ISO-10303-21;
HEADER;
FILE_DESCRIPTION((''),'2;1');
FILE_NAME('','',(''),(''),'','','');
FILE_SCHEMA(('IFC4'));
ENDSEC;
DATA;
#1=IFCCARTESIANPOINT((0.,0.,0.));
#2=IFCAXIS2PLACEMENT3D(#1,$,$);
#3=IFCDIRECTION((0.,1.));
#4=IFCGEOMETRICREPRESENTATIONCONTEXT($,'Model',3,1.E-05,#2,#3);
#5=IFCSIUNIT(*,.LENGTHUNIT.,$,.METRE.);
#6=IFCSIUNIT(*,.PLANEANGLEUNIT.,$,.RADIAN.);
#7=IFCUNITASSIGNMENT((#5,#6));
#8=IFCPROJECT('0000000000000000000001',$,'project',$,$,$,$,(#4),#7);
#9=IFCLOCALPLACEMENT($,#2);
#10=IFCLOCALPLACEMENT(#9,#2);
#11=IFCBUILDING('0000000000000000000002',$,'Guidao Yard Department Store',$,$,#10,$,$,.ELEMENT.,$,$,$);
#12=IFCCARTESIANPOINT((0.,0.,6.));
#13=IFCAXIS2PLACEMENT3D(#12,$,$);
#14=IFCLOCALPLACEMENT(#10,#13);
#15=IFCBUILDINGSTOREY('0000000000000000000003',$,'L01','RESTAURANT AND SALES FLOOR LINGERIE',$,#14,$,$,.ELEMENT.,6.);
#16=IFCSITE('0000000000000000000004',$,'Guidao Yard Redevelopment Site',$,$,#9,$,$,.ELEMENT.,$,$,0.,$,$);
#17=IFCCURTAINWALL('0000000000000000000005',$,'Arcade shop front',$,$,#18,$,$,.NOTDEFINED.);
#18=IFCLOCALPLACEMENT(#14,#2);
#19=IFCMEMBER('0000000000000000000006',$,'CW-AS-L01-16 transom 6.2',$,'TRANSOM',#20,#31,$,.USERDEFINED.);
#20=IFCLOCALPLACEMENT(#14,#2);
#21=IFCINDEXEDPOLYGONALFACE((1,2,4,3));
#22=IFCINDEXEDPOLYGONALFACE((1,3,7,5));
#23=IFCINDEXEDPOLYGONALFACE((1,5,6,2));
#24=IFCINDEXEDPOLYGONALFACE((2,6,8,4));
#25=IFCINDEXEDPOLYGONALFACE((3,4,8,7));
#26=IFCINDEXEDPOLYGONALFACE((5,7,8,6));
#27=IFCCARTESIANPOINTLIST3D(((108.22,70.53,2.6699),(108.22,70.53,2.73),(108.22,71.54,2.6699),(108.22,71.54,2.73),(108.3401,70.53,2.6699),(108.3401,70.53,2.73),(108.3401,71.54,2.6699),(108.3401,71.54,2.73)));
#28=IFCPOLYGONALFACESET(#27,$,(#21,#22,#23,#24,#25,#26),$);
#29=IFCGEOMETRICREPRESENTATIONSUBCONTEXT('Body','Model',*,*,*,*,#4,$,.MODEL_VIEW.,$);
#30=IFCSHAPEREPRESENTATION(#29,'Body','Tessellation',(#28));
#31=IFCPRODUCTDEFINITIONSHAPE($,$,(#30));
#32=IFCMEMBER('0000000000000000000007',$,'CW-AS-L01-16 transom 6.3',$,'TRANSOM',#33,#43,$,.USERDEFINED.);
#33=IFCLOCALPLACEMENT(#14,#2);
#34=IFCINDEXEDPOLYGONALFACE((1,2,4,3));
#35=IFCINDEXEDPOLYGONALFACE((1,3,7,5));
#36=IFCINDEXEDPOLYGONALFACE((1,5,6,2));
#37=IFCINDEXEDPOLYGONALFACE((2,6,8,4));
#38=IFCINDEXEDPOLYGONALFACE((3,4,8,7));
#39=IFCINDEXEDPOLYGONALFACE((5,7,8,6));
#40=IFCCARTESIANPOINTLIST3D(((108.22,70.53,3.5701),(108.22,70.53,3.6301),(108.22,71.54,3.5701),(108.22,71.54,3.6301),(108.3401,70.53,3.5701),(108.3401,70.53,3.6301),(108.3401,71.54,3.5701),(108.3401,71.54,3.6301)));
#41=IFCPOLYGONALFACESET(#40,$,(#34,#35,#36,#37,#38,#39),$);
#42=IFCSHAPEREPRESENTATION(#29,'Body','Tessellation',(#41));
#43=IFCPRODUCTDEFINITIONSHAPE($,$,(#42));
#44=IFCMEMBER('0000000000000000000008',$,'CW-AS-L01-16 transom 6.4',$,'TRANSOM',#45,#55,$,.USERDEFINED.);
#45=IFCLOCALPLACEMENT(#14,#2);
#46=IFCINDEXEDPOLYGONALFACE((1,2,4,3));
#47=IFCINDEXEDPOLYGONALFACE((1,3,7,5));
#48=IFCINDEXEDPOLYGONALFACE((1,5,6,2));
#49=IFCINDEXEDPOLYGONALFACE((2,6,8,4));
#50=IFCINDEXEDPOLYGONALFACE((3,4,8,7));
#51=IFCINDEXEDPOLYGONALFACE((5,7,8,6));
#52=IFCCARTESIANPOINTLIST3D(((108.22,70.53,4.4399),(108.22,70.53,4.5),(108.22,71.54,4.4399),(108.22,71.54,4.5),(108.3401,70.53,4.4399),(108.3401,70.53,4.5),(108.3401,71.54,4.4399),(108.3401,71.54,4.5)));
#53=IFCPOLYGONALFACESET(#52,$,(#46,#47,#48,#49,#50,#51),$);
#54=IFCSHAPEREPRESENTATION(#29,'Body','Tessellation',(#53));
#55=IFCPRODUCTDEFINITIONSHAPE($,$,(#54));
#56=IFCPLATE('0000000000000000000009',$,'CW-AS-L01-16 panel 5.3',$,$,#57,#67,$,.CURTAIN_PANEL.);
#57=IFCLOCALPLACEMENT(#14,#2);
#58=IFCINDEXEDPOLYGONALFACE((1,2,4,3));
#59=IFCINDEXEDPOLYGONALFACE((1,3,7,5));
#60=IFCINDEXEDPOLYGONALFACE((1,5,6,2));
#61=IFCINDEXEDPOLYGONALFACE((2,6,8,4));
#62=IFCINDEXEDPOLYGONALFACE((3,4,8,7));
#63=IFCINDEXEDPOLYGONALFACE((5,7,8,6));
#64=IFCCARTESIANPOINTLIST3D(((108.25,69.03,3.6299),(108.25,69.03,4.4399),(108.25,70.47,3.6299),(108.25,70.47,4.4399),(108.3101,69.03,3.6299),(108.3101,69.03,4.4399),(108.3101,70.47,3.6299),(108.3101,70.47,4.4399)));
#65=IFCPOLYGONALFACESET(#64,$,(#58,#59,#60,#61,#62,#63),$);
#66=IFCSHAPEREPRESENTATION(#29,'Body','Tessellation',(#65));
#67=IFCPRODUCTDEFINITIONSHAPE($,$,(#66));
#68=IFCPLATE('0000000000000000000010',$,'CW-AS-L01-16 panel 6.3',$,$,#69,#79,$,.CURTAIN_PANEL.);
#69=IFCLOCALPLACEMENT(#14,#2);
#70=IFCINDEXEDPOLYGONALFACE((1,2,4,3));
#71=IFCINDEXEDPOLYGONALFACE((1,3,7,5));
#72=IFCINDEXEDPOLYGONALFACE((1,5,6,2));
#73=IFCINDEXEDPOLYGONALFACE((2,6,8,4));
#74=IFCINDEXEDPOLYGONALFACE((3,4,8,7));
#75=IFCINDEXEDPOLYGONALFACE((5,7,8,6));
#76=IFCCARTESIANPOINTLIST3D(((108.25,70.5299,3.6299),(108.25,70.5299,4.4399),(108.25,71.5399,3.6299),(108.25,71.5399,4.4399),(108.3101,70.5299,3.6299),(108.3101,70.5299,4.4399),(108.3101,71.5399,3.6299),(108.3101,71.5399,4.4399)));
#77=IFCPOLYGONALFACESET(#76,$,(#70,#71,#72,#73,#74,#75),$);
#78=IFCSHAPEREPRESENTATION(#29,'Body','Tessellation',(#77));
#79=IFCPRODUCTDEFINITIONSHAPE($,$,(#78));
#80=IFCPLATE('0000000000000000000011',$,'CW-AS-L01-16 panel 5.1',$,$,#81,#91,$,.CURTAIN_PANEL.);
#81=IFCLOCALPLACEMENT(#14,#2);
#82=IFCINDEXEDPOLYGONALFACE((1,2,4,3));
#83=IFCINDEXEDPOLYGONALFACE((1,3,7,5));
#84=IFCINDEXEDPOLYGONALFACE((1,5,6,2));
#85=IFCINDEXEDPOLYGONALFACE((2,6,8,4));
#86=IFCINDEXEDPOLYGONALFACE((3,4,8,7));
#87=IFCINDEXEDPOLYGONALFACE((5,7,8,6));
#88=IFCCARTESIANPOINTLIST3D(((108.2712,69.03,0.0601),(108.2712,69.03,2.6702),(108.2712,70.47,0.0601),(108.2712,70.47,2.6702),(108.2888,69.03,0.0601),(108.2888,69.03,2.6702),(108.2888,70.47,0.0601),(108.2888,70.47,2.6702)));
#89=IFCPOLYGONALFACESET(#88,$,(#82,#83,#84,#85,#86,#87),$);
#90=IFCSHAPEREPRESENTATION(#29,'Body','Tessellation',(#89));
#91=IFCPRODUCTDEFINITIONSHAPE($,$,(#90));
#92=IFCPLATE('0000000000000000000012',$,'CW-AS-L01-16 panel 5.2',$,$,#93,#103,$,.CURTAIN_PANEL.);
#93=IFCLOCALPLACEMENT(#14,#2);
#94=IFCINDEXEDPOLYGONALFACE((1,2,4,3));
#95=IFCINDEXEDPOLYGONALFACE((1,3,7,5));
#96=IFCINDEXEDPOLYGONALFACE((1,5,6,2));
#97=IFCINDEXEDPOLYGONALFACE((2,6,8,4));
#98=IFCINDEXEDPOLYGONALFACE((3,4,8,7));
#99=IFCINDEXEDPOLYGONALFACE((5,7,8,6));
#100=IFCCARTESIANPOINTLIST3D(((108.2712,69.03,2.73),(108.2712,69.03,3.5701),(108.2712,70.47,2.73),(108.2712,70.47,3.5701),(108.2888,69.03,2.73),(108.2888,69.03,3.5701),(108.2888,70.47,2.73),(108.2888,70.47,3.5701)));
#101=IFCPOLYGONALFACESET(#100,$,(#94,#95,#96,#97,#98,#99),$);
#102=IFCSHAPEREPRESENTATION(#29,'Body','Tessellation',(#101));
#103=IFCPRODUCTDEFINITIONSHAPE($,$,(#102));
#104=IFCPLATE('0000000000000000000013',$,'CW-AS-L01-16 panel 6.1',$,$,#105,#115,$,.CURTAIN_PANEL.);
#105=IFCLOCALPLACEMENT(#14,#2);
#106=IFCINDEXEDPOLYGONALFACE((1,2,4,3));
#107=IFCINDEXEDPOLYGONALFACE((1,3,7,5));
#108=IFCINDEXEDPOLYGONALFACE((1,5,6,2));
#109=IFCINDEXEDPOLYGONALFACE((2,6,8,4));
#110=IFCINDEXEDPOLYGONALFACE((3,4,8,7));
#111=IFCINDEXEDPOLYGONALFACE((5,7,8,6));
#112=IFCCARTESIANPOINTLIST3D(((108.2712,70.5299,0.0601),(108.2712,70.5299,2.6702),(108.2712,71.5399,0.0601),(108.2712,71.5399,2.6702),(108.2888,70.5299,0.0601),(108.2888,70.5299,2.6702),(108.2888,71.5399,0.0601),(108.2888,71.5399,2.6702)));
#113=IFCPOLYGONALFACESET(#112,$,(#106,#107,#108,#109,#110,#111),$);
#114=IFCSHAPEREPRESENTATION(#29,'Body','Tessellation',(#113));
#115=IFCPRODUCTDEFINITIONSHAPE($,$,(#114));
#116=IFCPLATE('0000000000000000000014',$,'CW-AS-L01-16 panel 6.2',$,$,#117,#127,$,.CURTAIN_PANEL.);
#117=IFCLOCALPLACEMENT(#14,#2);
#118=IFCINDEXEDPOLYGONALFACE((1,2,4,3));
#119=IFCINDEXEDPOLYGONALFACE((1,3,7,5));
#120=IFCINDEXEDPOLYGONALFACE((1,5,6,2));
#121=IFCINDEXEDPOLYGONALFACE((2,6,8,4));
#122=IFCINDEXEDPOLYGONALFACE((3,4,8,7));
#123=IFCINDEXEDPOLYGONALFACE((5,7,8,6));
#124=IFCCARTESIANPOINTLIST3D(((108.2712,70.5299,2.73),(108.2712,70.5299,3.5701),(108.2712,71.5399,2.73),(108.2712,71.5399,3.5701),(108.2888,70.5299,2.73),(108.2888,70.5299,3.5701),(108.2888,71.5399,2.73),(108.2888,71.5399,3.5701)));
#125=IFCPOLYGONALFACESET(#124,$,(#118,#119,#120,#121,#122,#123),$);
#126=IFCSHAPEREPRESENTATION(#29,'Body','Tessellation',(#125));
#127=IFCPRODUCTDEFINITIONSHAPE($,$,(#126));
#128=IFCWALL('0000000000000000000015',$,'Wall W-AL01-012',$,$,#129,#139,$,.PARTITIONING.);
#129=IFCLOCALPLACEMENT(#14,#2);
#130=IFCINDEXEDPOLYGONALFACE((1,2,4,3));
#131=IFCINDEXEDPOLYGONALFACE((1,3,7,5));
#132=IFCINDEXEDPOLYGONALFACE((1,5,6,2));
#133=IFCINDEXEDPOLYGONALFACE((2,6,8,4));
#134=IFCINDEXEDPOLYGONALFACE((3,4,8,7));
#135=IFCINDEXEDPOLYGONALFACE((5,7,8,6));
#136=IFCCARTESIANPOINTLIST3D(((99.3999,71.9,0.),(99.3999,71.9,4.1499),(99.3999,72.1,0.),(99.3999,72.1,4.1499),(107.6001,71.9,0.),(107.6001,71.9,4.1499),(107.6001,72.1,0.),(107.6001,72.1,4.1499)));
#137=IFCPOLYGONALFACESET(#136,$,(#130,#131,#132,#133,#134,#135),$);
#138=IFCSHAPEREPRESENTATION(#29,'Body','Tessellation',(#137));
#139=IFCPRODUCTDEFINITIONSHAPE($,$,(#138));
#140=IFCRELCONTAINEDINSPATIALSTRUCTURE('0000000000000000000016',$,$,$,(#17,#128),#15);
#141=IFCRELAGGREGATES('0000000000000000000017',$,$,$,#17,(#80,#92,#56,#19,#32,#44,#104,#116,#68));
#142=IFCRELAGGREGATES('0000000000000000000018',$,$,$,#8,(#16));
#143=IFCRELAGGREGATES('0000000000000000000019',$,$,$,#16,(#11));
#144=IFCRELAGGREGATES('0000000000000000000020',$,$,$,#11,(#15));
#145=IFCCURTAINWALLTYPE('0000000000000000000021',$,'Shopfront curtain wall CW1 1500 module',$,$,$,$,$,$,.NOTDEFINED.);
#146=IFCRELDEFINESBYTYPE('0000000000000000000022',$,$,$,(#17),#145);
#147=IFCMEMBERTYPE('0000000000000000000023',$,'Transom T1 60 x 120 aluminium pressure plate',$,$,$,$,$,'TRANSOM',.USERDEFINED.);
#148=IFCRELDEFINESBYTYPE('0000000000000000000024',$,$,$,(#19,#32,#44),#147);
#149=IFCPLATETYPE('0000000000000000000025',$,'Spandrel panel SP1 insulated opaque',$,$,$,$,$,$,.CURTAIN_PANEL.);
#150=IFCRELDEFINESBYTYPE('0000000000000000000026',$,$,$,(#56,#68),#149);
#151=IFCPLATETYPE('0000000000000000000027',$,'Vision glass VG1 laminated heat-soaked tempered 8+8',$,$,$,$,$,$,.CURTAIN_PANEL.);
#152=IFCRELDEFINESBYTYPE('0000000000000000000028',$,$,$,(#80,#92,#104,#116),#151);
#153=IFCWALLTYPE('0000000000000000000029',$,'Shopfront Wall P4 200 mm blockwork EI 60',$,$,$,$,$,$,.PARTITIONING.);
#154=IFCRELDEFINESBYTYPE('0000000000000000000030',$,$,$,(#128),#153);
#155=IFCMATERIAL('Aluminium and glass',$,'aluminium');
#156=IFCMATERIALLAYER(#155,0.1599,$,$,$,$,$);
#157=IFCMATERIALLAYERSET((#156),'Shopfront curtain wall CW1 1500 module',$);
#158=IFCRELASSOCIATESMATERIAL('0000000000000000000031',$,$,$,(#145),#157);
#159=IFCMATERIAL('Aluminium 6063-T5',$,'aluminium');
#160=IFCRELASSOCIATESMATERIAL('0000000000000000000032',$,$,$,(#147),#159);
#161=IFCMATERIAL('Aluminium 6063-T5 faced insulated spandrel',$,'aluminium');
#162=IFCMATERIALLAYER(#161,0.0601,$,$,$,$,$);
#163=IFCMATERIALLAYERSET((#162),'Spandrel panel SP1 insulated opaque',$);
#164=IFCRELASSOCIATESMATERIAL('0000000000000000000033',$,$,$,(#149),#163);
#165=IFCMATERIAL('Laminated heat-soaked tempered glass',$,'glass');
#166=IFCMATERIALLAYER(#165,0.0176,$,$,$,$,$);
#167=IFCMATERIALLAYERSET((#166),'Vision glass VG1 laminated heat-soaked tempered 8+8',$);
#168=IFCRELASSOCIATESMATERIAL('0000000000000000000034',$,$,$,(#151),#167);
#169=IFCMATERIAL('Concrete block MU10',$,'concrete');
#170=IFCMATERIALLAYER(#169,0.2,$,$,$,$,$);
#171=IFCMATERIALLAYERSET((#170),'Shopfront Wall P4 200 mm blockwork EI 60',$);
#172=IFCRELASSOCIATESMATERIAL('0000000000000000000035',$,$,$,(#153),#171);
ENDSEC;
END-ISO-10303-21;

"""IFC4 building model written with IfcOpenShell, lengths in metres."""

from ifc_helpers import new_model, si_unit, direction, frame, frame_2d, origin, origin_2d, place, context, subcontext, project, spatial, rectangle, extrude, material, layer, layer_set, material_profile, profile_set, type_object, element, aggregate, save


model = new_model("IFC4")

# Units and contexts
model_context = context("Model", 3, precision=1e-05, world=origin(), true_north=direction((0.0, 1.0)))
body_context = subcontext(model_context, "Body", "Model", "MODEL_VIEW")
ifc_project = project(units=[si_unit("LENGTHUNIT", "METRE"), si_unit("PLANEANGLEUNIT", "RADIAN")], contexts=[model_context])

# Site, building, storey
site_placement = place(None, origin())
site = spatial("IfcSite", under=ifc_project, at=site_placement, Name="Guidao Yard Redevelopment Site", CompositionType="ELEMENT", RefElevation=0.0)
building_placement = place(site_placement, origin())
building = spatial("IfcBuilding", under=site, at=building_placement, Name="Guidao Yard Department Store", CompositionType="ELEMENT")
storey_placement = place(building_placement, frame((0.0, 0.0, 6.0)))
storey = spatial("IfcBuildingStorey", under=building, at=storey_placement, Name="L01", Description="RESTAURANT AND SALES FLOOR LINGERIE", CompositionType="ELEMENT", Elevation=6.0)

# Curtain wall
ifc_material_1 = material(Name="Aluminium and glass", Category="aluminium")
ifc_layer_1 = layer(ifc_material_1, 0.1599)
ifc_layer_set_1 = layer_set([ifc_layer_1], Name="Shopfront curtain wall CW1 1500 module")
curtain_wall_type = type_object("IfcCurtainWallType", Name="Shopfront curtain wall CW1 1500 module", PredefinedType="NOTDEFINED", material=ifc_layer_set_1)
curtain_wall_1_placement = place(storey_placement, origin())
curtain_wall_1 = element("IfcCurtainWall", 1, at=curtain_wall_1_placement, inside=storey, type_object=curtain_wall_type, Name="Arcade shop front", PredefinedType="NOTDEFINED")

# Members
ifc_material_2 = material(Name="Aluminium 6063-T5", Category="aluminium")
ifc_material_profile_1 = material_profile(ifc_material_2, rectangle(XDim=0.1201, YDim=0.0601, at=origin_2d()), Name="Transom T1 60 x 120 aluminium pressure plate")
ifc_profile_set_1 = profile_set([ifc_material_profile_1], Name="Aluminium 6063-T5")
member_type_1 = type_object("IfcMemberType", Name="Transom T1 60 x 120 aluminium pressure plate", ElementType="TRANSOM", PredefinedType="USERDEFINED", material=ifc_profile_set_1)
member_1_placement = place(storey_placement, frame((108.28, 71.54, 2.7), z_axis=(0.0, -1.0, 0.0), x_axis=(1.0, 0.0, 0.0)))
member_1 = element("IfcMember", 2, at=member_1_placement, type_object=member_type_1, Name="CW-AS-L01-16 transom 6.2", ObjectType="TRANSOM", PredefinedType="USERDEFINED", context=body_context, shape_type="SweptSolid", body=[
    extrude(rectangle(XDim=0.1201, YDim=0.0601, at=origin_2d()), origin(), (0.0, 0.0, 1.0), 1.01),
])
member_2_placement = place(storey_placement, frame((108.28, 71.54, 3.6001), z_axis=(0.0, -1.0, 0.0), x_axis=(1.0, 0.0, 0.0)))
member_2 = element("IfcMember", 3, at=member_2_placement, type_object=member_type_1, Name="CW-AS-L01-16 transom 6.3", ObjectType="TRANSOM", PredefinedType="USERDEFINED", context=body_context, shape_type="SweptSolid", body=[
    extrude(rectangle(XDim=0.1201, YDim=0.0601, at=origin_2d()), origin(), (0.0, 0.0, 1.0), 1.01),
])
member_3_placement = place(storey_placement, frame((108.28, 71.54, 4.47), z_axis=(0.0, -1.0, 0.0), x_axis=(1.0, 0.0, 0.0)))
member_3 = element("IfcMember", 4, at=member_3_placement, type_object=member_type_1, Name="CW-AS-L01-16 transom 6.4", ObjectType="TRANSOM", PredefinedType="USERDEFINED", context=body_context, shape_type="SweptSolid", body=[
    extrude(rectangle(XDim=0.1201, YDim=0.0601, at=origin_2d()), origin(), (0.0, 0.0, 1.0), 1.01),
])

# Plates
ifc_material_3 = material(Name="Aluminium 6063-T5 faced insulated spandrel", Category="aluminium")
ifc_layer_2 = layer(ifc_material_3, 0.0601)
ifc_layer_set_2 = layer_set([ifc_layer_2], Name="Spandrel panel SP1 insulated opaque")
plate_type_1 = type_object("IfcPlateType", Name="Spandrel panel SP1 insulated opaque", PredefinedType="CURTAIN_PANEL", material=ifc_layer_set_2)
plate_1_placement = place(storey_placement, frame((108.28, 69.75, 3.6299), z_axis=(0.0, 0.0, 1.0), x_axis=(0.0, -1.0, 0.0)))
plate_1 = element("IfcPlate", 5, at=plate_1_placement, type_object=plate_type_1, Name="CW-AS-L01-16 panel 5.3", PredefinedType="CURTAIN_PANEL", context=body_context, shape_type="SweptSolid", body=[
    extrude(rectangle(XDim=1.4399, YDim=0.0601, at=origin_2d()), origin(), (0.0, 0.0, 1.0), 0.8101),
])
plate_2_placement = place(storey_placement, frame((108.28, 71.0349, 3.6299), z_axis=(0.0, 0.0, 1.0), x_axis=(0.0, -1.0, 0.0)))
plate_2 = element("IfcPlate", 6, at=plate_2_placement, type_object=plate_type_1, Name="CW-AS-L01-16 panel 6.3", PredefinedType="CURTAIN_PANEL", context=body_context, shape_type="SweptSolid", body=[
    extrude(rectangle(XDim=1.01, YDim=0.0601, at=origin_2d()), origin(), (0.0, 0.0, 1.0), 0.8101),
])
ifc_material_4 = material(Name="Laminated heat-soaked tempered glass", Category="glass")
ifc_layer_3 = layer(ifc_material_4, 0.0176)
ifc_layer_set_3 = layer_set([ifc_layer_3], Name="Vision glass VG1 laminated heat-soaked tempered 8+8")
plate_type_2 = type_object("IfcPlateType", Name="Vision glass VG1 laminated heat-soaked tempered 8+8", PredefinedType="CURTAIN_PANEL", material=ifc_layer_set_3)
plate_3_placement = place(storey_placement, frame((108.28, 69.75, 0.0601), z_axis=(0.0, 0.0, 1.0), x_axis=(0.0, -1.0, 0.0)))
plate_3 = element("IfcPlate", 7, at=plate_3_placement, type_object=plate_type_2, Name="CW-AS-L01-16 panel 5.1", PredefinedType="CURTAIN_PANEL", context=body_context, shape_type="SweptSolid", body=[
    extrude(rectangle(XDim=1.4399, YDim=0.0176, at=origin_2d()), origin(), (0.0, 0.0, 1.0), 2.6101),
])
plate_4_placement = place(storey_placement, frame((108.28, 69.75, 2.73), z_axis=(0.0, 0.0, 1.0), x_axis=(0.0, -1.0, 0.0)))
plate_4 = element("IfcPlate", 8, at=plate_4_placement, type_object=plate_type_2, Name="CW-AS-L01-16 panel 5.2", PredefinedType="CURTAIN_PANEL", context=body_context, shape_type="SweptSolid", body=[
    extrude(rectangle(XDim=1.4399, YDim=0.0176, at=origin_2d()), origin(), (0.0, 0.0, 1.0), 0.8401),
])
plate_5_placement = place(storey_placement, frame((108.28, 71.0349, 0.0601), z_axis=(0.0, 0.0, 1.0), x_axis=(0.0, -1.0, 0.0)))
plate_5 = element("IfcPlate", 9, at=plate_5_placement, type_object=plate_type_2, Name="CW-AS-L01-16 panel 6.1", PredefinedType="CURTAIN_PANEL", context=body_context, shape_type="SweptSolid", body=[
    extrude(rectangle(XDim=1.01, YDim=0.0176, at=origin_2d()), origin(), (0.0, 0.0, 1.0), 2.6101),
])
plate_6_placement = place(storey_placement, frame((108.28, 71.0349, 2.73), z_axis=(0.0, 0.0, 1.0), x_axis=(0.0, -1.0, 0.0)))
plate_6 = element("IfcPlate", 10, at=plate_6_placement, type_object=plate_type_2, Name="CW-AS-L01-16 panel 6.2", PredefinedType="CURTAIN_PANEL", context=body_context, shape_type="SweptSolid", body=[
    extrude(rectangle(XDim=1.01, YDim=0.0176, at=origin_2d()), origin(), (0.0, 0.0, 1.0), 0.8401),
])
aggregate(curtain_wall_1, [plate_3, plate_4, plate_1, member_1, member_2, member_3, plate_5, plate_6, plate_2])

# Wall
ifc_material_5 = material(Name="Concrete block MU10", Category="concrete")
ifc_layer_4 = layer(ifc_material_5, 0.2)
ifc_layer_set_4 = layer_set([ifc_layer_4], Name="Shopfront Wall P4 200 mm blockwork EI 60")
wall_type = type_object("IfcWallType", Name="Shopfront Wall P4 200 mm blockwork EI 60", PredefinedType="PARTITIONING", material=ifc_layer_set_4)
wall_1_placement = place(storey_placement, frame((99.3999, 72.0, 0.0), z_axis=(0.0, 0.0, 1.0), x_axis=(1.0, 0.0, 0.0)))
element("IfcWall", 11, at=wall_1_placement, inside=storey, type_object=wall_type, Name="Wall W-AL01-012", PredefinedType="PARTITIONING", context=body_context, shape_type="SweptSolid", body=[
    extrude(rectangle(XDim=8.2002, YDim=0.2, at=frame_2d((4.1001, 0.0))), origin(), (0.0, 0.0, 1.0), 4.1499),
])

save(model, "model.ifc")
